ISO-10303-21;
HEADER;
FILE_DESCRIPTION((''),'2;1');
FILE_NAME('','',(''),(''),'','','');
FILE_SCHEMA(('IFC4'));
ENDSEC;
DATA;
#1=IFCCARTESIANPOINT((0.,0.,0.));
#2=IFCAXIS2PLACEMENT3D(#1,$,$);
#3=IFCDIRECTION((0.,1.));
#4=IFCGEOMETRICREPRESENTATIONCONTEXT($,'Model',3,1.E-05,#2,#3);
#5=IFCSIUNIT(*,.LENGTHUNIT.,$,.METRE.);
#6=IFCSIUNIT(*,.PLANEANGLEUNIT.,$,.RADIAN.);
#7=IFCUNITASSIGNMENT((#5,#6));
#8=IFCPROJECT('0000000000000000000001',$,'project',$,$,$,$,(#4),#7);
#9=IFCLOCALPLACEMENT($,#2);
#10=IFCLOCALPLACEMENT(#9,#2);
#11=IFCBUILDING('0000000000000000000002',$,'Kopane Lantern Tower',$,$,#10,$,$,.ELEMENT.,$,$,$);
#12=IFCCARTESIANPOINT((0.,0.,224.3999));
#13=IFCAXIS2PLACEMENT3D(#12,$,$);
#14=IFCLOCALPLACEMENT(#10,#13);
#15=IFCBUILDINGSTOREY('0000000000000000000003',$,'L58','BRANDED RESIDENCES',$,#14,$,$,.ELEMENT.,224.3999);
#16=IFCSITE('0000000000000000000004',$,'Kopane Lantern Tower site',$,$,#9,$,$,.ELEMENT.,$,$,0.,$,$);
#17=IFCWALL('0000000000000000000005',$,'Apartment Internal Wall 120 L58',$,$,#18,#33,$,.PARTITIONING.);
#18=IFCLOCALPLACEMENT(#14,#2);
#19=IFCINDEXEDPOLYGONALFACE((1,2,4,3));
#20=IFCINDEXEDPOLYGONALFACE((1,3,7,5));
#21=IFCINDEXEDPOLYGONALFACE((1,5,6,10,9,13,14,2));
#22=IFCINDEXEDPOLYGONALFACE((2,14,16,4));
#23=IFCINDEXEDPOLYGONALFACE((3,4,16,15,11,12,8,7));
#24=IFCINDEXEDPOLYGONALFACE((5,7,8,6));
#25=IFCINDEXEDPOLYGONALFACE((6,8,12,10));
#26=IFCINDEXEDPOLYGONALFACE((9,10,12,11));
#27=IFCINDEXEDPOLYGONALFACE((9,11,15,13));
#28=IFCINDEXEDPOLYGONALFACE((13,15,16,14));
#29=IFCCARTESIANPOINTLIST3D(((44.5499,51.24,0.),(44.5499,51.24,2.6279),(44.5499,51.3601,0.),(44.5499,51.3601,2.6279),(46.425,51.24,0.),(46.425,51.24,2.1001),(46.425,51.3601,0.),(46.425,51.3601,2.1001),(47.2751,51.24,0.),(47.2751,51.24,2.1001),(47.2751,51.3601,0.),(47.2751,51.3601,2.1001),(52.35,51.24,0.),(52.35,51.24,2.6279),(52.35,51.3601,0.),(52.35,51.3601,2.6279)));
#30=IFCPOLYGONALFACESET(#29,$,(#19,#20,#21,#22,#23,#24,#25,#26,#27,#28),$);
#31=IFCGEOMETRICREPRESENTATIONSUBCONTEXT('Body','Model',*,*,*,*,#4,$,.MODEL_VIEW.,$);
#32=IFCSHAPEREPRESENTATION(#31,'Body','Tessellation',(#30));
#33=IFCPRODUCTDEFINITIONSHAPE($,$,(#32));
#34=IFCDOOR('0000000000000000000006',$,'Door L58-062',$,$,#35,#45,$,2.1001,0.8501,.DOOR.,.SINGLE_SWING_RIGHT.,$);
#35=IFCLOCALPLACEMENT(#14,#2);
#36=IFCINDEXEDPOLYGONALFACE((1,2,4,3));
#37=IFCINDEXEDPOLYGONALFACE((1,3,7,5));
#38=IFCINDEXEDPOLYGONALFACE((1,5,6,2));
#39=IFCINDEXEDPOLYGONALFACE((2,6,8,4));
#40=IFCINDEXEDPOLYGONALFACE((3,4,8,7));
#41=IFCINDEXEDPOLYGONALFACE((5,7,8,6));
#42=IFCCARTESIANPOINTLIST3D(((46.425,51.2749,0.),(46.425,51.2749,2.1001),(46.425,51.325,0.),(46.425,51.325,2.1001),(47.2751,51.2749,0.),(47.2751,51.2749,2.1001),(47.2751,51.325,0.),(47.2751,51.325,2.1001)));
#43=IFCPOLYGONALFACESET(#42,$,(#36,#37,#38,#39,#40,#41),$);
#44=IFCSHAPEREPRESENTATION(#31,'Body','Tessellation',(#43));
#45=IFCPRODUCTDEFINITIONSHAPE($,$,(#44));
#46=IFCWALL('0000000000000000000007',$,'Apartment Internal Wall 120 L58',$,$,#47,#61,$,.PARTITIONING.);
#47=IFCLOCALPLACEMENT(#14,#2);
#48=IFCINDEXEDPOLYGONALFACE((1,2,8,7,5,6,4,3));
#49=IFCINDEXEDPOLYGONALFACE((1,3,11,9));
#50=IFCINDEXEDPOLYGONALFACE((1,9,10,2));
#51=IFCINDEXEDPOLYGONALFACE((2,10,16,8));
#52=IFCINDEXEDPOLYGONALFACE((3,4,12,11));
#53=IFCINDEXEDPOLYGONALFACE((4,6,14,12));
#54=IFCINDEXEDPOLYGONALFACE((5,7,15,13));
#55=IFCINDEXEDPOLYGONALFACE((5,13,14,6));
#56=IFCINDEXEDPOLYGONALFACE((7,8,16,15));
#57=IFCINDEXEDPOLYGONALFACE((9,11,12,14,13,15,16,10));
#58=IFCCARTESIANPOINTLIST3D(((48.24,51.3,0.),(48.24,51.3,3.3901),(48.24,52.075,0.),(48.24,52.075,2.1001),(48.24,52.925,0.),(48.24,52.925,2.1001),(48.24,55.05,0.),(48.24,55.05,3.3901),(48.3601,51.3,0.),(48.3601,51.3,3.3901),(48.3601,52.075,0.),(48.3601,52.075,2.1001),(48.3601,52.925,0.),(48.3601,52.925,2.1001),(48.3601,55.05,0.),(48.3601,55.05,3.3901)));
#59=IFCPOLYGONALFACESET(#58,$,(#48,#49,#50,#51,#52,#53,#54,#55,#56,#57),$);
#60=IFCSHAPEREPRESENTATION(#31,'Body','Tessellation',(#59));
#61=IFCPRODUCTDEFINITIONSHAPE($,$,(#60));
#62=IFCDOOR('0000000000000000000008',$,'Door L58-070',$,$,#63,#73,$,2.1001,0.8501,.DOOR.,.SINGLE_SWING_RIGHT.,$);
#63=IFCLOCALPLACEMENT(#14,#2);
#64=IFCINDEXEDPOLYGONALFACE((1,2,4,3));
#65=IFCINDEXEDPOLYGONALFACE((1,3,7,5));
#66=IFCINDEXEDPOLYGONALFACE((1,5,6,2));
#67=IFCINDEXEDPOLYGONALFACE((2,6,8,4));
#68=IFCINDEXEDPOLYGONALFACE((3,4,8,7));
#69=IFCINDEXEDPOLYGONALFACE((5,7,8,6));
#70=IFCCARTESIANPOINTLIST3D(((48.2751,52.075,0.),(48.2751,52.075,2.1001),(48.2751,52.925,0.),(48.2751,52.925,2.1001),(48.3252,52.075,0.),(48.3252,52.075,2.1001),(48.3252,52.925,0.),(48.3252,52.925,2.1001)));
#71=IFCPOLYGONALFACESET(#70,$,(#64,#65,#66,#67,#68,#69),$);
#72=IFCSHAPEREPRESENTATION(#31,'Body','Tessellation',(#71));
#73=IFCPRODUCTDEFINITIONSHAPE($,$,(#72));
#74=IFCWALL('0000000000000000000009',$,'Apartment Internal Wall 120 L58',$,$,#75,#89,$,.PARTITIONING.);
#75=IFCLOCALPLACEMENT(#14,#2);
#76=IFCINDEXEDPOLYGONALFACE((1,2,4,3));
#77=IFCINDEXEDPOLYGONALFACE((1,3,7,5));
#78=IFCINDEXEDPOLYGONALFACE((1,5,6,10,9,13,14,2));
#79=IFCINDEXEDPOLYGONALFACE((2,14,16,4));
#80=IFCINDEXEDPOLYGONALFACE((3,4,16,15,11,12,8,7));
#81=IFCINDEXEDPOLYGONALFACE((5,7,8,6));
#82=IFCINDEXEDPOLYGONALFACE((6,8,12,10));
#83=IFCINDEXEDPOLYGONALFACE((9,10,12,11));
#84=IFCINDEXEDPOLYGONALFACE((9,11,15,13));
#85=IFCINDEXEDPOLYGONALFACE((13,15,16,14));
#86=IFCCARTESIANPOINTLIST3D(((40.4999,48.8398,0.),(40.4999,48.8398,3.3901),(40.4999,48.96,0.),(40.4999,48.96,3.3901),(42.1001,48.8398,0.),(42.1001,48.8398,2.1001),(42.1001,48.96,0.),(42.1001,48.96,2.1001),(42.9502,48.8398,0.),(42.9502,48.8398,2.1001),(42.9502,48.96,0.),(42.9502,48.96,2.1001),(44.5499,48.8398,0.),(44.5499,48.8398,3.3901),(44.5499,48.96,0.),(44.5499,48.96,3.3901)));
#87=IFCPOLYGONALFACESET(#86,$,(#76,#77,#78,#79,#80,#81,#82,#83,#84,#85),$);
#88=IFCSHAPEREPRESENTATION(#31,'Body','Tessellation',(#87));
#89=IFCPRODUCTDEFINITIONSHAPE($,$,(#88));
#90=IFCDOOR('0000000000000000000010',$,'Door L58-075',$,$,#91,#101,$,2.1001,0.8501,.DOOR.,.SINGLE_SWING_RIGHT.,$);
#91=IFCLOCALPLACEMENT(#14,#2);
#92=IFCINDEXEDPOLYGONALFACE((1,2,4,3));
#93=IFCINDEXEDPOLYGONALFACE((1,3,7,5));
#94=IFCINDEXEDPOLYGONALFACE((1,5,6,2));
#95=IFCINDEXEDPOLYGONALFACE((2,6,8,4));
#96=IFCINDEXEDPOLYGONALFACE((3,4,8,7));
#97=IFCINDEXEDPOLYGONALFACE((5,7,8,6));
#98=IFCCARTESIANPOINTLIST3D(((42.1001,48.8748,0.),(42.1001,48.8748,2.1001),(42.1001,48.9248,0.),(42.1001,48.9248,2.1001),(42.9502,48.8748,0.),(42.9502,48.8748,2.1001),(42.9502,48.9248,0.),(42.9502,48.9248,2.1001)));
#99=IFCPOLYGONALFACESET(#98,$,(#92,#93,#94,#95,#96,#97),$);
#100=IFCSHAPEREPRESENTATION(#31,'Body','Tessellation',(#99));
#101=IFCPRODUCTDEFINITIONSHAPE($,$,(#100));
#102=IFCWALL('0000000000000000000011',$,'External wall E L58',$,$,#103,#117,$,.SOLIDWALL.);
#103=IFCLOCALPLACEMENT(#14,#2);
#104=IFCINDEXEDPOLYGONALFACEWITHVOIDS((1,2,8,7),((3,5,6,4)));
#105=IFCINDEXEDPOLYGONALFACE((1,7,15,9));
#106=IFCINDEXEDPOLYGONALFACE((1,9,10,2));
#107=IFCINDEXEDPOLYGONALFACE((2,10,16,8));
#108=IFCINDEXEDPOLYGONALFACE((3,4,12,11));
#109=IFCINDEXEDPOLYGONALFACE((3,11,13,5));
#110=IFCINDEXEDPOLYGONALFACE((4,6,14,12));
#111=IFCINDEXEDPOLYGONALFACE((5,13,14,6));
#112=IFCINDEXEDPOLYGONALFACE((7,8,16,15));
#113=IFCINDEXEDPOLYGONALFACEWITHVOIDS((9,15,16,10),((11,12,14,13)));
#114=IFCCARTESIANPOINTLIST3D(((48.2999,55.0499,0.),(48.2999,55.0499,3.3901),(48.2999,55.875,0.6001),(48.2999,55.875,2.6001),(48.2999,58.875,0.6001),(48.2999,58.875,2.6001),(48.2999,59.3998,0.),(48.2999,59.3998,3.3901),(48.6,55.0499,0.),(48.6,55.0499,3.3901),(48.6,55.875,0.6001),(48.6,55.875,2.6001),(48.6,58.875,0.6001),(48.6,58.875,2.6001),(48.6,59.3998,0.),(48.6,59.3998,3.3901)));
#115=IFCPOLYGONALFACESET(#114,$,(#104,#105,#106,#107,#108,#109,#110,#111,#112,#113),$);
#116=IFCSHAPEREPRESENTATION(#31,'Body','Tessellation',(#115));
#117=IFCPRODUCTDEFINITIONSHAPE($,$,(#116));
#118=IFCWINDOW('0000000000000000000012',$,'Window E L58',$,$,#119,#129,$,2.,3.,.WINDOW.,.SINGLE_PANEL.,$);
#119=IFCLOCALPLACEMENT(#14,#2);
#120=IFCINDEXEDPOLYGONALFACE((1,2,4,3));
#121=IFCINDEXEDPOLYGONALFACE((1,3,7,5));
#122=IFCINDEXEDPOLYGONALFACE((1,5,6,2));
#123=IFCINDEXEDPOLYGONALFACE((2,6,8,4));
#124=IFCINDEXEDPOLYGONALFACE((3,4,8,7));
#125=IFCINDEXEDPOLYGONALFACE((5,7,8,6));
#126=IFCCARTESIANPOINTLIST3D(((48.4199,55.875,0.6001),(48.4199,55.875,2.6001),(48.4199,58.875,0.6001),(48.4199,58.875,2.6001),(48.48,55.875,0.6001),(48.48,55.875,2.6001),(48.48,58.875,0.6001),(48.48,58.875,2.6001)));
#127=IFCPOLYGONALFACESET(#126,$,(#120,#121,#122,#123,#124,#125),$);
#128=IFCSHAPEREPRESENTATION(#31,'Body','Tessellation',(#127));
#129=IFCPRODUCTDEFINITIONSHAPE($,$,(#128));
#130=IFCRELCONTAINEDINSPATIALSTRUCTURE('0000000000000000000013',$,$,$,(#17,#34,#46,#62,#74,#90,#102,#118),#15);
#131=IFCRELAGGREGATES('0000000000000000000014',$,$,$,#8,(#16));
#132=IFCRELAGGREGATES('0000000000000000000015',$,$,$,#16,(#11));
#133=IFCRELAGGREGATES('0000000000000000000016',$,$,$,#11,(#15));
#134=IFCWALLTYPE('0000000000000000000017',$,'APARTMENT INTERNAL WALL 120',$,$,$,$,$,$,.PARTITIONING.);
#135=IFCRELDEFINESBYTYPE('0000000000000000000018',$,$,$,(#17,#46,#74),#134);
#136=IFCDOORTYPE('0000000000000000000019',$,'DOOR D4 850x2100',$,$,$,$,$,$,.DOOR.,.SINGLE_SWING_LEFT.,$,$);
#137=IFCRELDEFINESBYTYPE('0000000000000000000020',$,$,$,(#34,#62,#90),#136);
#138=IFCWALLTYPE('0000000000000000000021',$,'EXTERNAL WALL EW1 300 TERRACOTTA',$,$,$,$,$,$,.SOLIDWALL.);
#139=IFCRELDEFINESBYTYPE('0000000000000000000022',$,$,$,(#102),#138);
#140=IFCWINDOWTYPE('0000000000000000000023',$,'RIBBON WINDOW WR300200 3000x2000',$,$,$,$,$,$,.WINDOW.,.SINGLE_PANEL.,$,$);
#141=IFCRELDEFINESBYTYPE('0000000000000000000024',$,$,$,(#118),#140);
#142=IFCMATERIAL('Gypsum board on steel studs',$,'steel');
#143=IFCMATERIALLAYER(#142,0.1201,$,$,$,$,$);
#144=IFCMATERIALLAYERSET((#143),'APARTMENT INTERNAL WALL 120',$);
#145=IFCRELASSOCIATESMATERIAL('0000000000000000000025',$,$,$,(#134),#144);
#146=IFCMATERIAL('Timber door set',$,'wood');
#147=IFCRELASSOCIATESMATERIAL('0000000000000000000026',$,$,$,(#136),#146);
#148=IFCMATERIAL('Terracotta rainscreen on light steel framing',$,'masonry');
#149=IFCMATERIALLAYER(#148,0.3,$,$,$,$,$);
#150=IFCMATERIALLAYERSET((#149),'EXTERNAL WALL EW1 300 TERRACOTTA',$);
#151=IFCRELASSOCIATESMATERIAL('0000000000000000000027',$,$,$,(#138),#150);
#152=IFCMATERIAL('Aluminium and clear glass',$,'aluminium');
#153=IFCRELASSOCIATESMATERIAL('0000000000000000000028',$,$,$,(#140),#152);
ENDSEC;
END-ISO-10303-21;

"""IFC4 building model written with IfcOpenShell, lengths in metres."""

from ifc_helpers import new_model, si_unit, direction, frame, frame_2d, origin, place, context, subcontext, project, spatial, rectangle, extrude, material, layer, layer_set, type_object, element, fill, save


model = new_model("IFC4")

# Units and contexts
model_context = context("Model", 3, precision=1e-05, world=origin(), true_north=direction((0.0, 1.0)))
body_context = subcontext(model_context, "Body", "Model", "MODEL_VIEW")
ifc_project = project(units=[si_unit("LENGTHUNIT", "METRE"), si_unit("PLANEANGLEUNIT", "RADIAN")], contexts=[model_context])

# Site, building, storey
site_placement = place(None, origin())
site = spatial("IfcSite", under=ifc_project, at=site_placement, Name="Kopane Lantern Tower site", CompositionType="ELEMENT", RefElevation=0.0)
building_placement = place(site_placement, origin())
building = spatial("IfcBuilding", under=site, at=building_placement, Name="Kopane Lantern Tower", CompositionType="ELEMENT")
storey_placement = place(building_placement, frame((0.0, 0.0, 224.3999)))
storey = spatial("IfcBuildingStorey", under=building, at=storey_placement, Name="L58", Description="BRANDED RESIDENCES", CompositionType="ELEMENT", Elevation=224.3999)

# Walls, openings, doors
ifc_material_1 = material(Name="Gypsum board on steel studs", Category="steel")
ifc_layer_1 = layer(ifc_material_1, 0.1201)
ifc_layer_set_1 = layer_set([ifc_layer_1], Name="APARTMENT INTERNAL WALL 120")
wall_type_1 = type_object("IfcWallType", Name="APARTMENT INTERNAL WALL 120", PredefinedType="PARTITIONING", material=ifc_layer_set_1)
wall_1_placement = place(storey_placement, frame((44.55, 51.3, 0.0), z_axis=(0.0, 0.0, 1.0), x_axis=(1.0, 0.0, 0.0)))
wall_1 = element("IfcWall", 1, at=wall_1_placement, inside=storey, type_object=wall_type_1, Name="Apartment Internal Wall 120 L58", PredefinedType="PARTITIONING", context=body_context, shape_type="SweptSolid", body=[
    extrude(rectangle(XDim=7.8, YDim=0.1201, at=frame_2d((3.8999, 0.0))), origin(), (0.0, 0.0, 1.0), 2.6279),
])
opening_1_placement = place(wall_1_placement, frame((1.875, 0.0, 0.0)))
opening_1 = element("IfcOpeningElement", 2, at=opening_1_placement, cuts=wall_1, PredefinedType="OPENING", context=body_context, shape_type="SweptSolid", body=[
    extrude(rectangle(XDim=0.8501, YDim=2.1001, at=frame_2d((0.425, 1.05))), frame((0.0, 0.0701, 0.0), z_axis=(0.0, -1.0, 0.0), x_axis=(1.0, 0.0, 0.0)), (0.0, 0.0, 1.0), 0.1401),
])
ifc_material_2 = material(Name="Timber door set", Category="wood")
door_type = type_object("IfcDoorType", Name="DOOR D4 850x2100", OperationType="SINGLE_SWING_LEFT", PredefinedType="DOOR", material=ifc_material_2)
door_1_placement = place(opening_1_placement, origin())
door_1 = element("IfcDoor", 3, at=door_1_placement, inside=storey, type_object=door_type, Name="Door L58-062", OperationType="SINGLE_SWING_RIGHT", OverallHeight=2.1001, OverallWidth=0.8501, PredefinedType="DOOR", context=body_context, shape_type="SweptSolid", body=[
    extrude(rectangle(XDim=0.8501, YDim=2.1001, at=frame_2d((0.425, 1.05))), frame((0.0, 0.0249, 0.0), z_axis=(0.0, -1.0, 0.0), x_axis=(1.0, 0.0, 0.0)), (0.0, 0.0, 1.0), 0.05),
])
fill(opening_1, door_1)
wall_2_placement = place(storey_placement, frame((48.3, 51.3, 0.0), z_axis=(0.0, 0.0, 1.0), x_axis=(0.0, 1.0, 0.0)))
wall_2 = element("IfcWall", 4, at=wall_2_placement, inside=storey, type_object=wall_type_1, Name="Apartment Internal Wall 120 L58", PredefinedType="PARTITIONING", context=body_context, shape_type="SweptSolid", body=[
    extrude(rectangle(XDim=3.75, YDim=0.1201, at=frame_2d((1.875, 0.0))), origin(), (0.0, 0.0, 1.0), 3.3901),
])
opening_2_placement = place(wall_2_placement, frame((0.7749, 0.0, 0.0)))
opening_2 = element("IfcOpeningElement", 5, at=opening_2_placement, cuts=wall_2, PredefinedType="OPENING", context=body_context, shape_type="SweptSolid", body=[
    extrude(rectangle(XDim=0.8501, YDim=2.1001, at=frame_2d((0.425, 1.05))), frame((0.0, 0.0701, 0.0), z_axis=(0.0, -1.0, 0.0), x_axis=(1.0, 0.0, 0.0)), (0.0, 0.0, 1.0), 0.1401),
])
door_2_placement = place(opening_2_placement, origin())
door_2 = element("IfcDoor", 6, at=door_2_placement, inside=storey, type_object=door_type, Name="Door L58-070", OperationType="SINGLE_SWING_RIGHT", OverallHeight=2.1001, OverallWidth=0.8501, PredefinedType="DOOR", context=body_context, shape_type="SweptSolid", body=[
    extrude(rectangle(XDim=0.8501, YDim=2.1001, at=frame_2d((0.425, 1.05))), frame((0.0, 0.0249, 0.0), z_axis=(0.0, -1.0, 0.0), x_axis=(1.0, 0.0, 0.0)), (0.0, 0.0, 1.0), 0.05),
])
fill(opening_2, door_2)
wall_3_placement = place(storey_placement, frame((40.5, 48.8999, 0.0), z_axis=(0.0, 0.0, 1.0), x_axis=(1.0, 0.0, 0.0)))
wall_3 = element("IfcWall", 7, at=wall_3_placement, inside=storey, type_object=wall_type_1, Name="Apartment Internal Wall 120 L58", PredefinedType="PARTITIONING", context=body_context, shape_type="SweptSolid", body=[
    extrude(rectangle(XDim=4.05, YDim=0.1201, at=frame_2d((2.0249, 0.0))), origin(), (0.0, 0.0, 1.0), 3.3901),
])
opening_3_placement = place(wall_3_placement, frame((1.6001, 0.0, 0.0)))
opening_3 = element("IfcOpeningElement", 8, at=opening_3_placement, cuts=wall_3, PredefinedType="OPENING", context=body_context, shape_type="SweptSolid", body=[
    extrude(rectangle(XDim=0.8501, YDim=2.1001, at=frame_2d((0.425, 1.05))), frame((0.0, 0.0701, 0.0), z_axis=(0.0, -1.0, 0.0), x_axis=(1.0, 0.0, 0.0)), (0.0, 0.0, 1.0), 0.1401),
])
door_3_placement = place(opening_3_placement, origin())
door_3 = element("IfcDoor", 9, at=door_3_placement, inside=storey, type_object=door_type, Name="Door L58-075", OperationType="SINGLE_SWING_RIGHT", OverallHeight=2.1001, OverallWidth=0.8501, PredefinedType="DOOR", context=body_context, shape_type="SweptSolid", body=[
    extrude(rectangle(XDim=0.8501, YDim=2.1001, at=frame_2d((0.425, 1.05))), frame((0.0, 0.0249, 0.0), z_axis=(0.0, -1.0, 0.0), x_axis=(1.0, 0.0, 0.0)), (0.0, 0.0, 1.0), 0.05),
])
fill(opening_3, door_3)

# Wall, opening, window
ifc_material_3 = material(Name="Terracotta rainscreen on light steel framing", Category="masonry")
ifc_layer_2 = layer(ifc_material_3, 0.3)
ifc_layer_set_2 = layer_set([ifc_layer_2], Name="EXTERNAL WALL EW1 300 TERRACOTTA")
wall_type_2 = type_object("IfcWallType", Name="EXTERNAL WALL EW1 300 TERRACOTTA", PredefinedType="SOLIDWALL", material=ifc_layer_set_2)
wall_4_placement = place(storey_placement, frame((48.45, 55.05, 0.0), z_axis=(0.0, 0.0, 1.0), x_axis=(0.0, 1.0, 0.0)))
wall_4 = element("IfcWall", 10, at=wall_4_placement, inside=storey, type_object=wall_type_2, Name="External wall E L58", PredefinedType="SOLIDWALL", context=body_context, shape_type="SweptSolid", body=[
    extrude(rectangle(XDim=4.3499, YDim=0.3, at=frame_2d((2.1748, 0.0))), origin(), (0.0, 0.0, 1.0), 3.3901),
])
opening_4_placement = place(wall_4_placement, frame((0.825, 0.0, 0.6001)))
opening_4 = element("IfcOpeningElement", 11, at=opening_4_placement, cuts=wall_4, PredefinedType="OPENING", context=body_context, shape_type="SweptSolid", body=[
    extrude(rectangle(XDim=3.0, YDim=2.0, at=frame_2d((1.5, 1.0))), frame((0.0, 0.1599, 0.0), z_axis=(0.0, -1.0, 0.0), x_axis=(1.0, 0.0, 0.0)), (0.0, 0.0, 1.0), 0.3201),
])
ifc_material_4 = material(Name="Aluminium and clear glass", Category="aluminium")
window_type = type_object("IfcWindowType", Name="RIBBON WINDOW WR300200 3000x2000", PartitioningType="SINGLE_PANEL", PredefinedType="WINDOW", material=ifc_material_4)
window_1_placement = place(opening_4_placement, origin())
window_1 = element("IfcWindow", 12, at=window_1_placement, inside=storey, type_object=window_type, Name="Window E L58", OverallHeight=2.0, OverallWidth=3.0, PartitioningType="SINGLE_PANEL", PredefinedType="WINDOW", context=body_context, shape_type="SweptSolid", body=[
    extrude(rectangle(XDim=3.0, YDim=2.0, at=frame_2d((1.5, 1.0))), frame((0.0, 0.03, 0.0), z_axis=(0.0, -1.0, 0.0), x_axis=(1.0, 0.0, 0.0)), (0.0, 0.0, 1.0), 0.0601),
])
fill(opening_4, window_1)

save(model, "model.ifc")
